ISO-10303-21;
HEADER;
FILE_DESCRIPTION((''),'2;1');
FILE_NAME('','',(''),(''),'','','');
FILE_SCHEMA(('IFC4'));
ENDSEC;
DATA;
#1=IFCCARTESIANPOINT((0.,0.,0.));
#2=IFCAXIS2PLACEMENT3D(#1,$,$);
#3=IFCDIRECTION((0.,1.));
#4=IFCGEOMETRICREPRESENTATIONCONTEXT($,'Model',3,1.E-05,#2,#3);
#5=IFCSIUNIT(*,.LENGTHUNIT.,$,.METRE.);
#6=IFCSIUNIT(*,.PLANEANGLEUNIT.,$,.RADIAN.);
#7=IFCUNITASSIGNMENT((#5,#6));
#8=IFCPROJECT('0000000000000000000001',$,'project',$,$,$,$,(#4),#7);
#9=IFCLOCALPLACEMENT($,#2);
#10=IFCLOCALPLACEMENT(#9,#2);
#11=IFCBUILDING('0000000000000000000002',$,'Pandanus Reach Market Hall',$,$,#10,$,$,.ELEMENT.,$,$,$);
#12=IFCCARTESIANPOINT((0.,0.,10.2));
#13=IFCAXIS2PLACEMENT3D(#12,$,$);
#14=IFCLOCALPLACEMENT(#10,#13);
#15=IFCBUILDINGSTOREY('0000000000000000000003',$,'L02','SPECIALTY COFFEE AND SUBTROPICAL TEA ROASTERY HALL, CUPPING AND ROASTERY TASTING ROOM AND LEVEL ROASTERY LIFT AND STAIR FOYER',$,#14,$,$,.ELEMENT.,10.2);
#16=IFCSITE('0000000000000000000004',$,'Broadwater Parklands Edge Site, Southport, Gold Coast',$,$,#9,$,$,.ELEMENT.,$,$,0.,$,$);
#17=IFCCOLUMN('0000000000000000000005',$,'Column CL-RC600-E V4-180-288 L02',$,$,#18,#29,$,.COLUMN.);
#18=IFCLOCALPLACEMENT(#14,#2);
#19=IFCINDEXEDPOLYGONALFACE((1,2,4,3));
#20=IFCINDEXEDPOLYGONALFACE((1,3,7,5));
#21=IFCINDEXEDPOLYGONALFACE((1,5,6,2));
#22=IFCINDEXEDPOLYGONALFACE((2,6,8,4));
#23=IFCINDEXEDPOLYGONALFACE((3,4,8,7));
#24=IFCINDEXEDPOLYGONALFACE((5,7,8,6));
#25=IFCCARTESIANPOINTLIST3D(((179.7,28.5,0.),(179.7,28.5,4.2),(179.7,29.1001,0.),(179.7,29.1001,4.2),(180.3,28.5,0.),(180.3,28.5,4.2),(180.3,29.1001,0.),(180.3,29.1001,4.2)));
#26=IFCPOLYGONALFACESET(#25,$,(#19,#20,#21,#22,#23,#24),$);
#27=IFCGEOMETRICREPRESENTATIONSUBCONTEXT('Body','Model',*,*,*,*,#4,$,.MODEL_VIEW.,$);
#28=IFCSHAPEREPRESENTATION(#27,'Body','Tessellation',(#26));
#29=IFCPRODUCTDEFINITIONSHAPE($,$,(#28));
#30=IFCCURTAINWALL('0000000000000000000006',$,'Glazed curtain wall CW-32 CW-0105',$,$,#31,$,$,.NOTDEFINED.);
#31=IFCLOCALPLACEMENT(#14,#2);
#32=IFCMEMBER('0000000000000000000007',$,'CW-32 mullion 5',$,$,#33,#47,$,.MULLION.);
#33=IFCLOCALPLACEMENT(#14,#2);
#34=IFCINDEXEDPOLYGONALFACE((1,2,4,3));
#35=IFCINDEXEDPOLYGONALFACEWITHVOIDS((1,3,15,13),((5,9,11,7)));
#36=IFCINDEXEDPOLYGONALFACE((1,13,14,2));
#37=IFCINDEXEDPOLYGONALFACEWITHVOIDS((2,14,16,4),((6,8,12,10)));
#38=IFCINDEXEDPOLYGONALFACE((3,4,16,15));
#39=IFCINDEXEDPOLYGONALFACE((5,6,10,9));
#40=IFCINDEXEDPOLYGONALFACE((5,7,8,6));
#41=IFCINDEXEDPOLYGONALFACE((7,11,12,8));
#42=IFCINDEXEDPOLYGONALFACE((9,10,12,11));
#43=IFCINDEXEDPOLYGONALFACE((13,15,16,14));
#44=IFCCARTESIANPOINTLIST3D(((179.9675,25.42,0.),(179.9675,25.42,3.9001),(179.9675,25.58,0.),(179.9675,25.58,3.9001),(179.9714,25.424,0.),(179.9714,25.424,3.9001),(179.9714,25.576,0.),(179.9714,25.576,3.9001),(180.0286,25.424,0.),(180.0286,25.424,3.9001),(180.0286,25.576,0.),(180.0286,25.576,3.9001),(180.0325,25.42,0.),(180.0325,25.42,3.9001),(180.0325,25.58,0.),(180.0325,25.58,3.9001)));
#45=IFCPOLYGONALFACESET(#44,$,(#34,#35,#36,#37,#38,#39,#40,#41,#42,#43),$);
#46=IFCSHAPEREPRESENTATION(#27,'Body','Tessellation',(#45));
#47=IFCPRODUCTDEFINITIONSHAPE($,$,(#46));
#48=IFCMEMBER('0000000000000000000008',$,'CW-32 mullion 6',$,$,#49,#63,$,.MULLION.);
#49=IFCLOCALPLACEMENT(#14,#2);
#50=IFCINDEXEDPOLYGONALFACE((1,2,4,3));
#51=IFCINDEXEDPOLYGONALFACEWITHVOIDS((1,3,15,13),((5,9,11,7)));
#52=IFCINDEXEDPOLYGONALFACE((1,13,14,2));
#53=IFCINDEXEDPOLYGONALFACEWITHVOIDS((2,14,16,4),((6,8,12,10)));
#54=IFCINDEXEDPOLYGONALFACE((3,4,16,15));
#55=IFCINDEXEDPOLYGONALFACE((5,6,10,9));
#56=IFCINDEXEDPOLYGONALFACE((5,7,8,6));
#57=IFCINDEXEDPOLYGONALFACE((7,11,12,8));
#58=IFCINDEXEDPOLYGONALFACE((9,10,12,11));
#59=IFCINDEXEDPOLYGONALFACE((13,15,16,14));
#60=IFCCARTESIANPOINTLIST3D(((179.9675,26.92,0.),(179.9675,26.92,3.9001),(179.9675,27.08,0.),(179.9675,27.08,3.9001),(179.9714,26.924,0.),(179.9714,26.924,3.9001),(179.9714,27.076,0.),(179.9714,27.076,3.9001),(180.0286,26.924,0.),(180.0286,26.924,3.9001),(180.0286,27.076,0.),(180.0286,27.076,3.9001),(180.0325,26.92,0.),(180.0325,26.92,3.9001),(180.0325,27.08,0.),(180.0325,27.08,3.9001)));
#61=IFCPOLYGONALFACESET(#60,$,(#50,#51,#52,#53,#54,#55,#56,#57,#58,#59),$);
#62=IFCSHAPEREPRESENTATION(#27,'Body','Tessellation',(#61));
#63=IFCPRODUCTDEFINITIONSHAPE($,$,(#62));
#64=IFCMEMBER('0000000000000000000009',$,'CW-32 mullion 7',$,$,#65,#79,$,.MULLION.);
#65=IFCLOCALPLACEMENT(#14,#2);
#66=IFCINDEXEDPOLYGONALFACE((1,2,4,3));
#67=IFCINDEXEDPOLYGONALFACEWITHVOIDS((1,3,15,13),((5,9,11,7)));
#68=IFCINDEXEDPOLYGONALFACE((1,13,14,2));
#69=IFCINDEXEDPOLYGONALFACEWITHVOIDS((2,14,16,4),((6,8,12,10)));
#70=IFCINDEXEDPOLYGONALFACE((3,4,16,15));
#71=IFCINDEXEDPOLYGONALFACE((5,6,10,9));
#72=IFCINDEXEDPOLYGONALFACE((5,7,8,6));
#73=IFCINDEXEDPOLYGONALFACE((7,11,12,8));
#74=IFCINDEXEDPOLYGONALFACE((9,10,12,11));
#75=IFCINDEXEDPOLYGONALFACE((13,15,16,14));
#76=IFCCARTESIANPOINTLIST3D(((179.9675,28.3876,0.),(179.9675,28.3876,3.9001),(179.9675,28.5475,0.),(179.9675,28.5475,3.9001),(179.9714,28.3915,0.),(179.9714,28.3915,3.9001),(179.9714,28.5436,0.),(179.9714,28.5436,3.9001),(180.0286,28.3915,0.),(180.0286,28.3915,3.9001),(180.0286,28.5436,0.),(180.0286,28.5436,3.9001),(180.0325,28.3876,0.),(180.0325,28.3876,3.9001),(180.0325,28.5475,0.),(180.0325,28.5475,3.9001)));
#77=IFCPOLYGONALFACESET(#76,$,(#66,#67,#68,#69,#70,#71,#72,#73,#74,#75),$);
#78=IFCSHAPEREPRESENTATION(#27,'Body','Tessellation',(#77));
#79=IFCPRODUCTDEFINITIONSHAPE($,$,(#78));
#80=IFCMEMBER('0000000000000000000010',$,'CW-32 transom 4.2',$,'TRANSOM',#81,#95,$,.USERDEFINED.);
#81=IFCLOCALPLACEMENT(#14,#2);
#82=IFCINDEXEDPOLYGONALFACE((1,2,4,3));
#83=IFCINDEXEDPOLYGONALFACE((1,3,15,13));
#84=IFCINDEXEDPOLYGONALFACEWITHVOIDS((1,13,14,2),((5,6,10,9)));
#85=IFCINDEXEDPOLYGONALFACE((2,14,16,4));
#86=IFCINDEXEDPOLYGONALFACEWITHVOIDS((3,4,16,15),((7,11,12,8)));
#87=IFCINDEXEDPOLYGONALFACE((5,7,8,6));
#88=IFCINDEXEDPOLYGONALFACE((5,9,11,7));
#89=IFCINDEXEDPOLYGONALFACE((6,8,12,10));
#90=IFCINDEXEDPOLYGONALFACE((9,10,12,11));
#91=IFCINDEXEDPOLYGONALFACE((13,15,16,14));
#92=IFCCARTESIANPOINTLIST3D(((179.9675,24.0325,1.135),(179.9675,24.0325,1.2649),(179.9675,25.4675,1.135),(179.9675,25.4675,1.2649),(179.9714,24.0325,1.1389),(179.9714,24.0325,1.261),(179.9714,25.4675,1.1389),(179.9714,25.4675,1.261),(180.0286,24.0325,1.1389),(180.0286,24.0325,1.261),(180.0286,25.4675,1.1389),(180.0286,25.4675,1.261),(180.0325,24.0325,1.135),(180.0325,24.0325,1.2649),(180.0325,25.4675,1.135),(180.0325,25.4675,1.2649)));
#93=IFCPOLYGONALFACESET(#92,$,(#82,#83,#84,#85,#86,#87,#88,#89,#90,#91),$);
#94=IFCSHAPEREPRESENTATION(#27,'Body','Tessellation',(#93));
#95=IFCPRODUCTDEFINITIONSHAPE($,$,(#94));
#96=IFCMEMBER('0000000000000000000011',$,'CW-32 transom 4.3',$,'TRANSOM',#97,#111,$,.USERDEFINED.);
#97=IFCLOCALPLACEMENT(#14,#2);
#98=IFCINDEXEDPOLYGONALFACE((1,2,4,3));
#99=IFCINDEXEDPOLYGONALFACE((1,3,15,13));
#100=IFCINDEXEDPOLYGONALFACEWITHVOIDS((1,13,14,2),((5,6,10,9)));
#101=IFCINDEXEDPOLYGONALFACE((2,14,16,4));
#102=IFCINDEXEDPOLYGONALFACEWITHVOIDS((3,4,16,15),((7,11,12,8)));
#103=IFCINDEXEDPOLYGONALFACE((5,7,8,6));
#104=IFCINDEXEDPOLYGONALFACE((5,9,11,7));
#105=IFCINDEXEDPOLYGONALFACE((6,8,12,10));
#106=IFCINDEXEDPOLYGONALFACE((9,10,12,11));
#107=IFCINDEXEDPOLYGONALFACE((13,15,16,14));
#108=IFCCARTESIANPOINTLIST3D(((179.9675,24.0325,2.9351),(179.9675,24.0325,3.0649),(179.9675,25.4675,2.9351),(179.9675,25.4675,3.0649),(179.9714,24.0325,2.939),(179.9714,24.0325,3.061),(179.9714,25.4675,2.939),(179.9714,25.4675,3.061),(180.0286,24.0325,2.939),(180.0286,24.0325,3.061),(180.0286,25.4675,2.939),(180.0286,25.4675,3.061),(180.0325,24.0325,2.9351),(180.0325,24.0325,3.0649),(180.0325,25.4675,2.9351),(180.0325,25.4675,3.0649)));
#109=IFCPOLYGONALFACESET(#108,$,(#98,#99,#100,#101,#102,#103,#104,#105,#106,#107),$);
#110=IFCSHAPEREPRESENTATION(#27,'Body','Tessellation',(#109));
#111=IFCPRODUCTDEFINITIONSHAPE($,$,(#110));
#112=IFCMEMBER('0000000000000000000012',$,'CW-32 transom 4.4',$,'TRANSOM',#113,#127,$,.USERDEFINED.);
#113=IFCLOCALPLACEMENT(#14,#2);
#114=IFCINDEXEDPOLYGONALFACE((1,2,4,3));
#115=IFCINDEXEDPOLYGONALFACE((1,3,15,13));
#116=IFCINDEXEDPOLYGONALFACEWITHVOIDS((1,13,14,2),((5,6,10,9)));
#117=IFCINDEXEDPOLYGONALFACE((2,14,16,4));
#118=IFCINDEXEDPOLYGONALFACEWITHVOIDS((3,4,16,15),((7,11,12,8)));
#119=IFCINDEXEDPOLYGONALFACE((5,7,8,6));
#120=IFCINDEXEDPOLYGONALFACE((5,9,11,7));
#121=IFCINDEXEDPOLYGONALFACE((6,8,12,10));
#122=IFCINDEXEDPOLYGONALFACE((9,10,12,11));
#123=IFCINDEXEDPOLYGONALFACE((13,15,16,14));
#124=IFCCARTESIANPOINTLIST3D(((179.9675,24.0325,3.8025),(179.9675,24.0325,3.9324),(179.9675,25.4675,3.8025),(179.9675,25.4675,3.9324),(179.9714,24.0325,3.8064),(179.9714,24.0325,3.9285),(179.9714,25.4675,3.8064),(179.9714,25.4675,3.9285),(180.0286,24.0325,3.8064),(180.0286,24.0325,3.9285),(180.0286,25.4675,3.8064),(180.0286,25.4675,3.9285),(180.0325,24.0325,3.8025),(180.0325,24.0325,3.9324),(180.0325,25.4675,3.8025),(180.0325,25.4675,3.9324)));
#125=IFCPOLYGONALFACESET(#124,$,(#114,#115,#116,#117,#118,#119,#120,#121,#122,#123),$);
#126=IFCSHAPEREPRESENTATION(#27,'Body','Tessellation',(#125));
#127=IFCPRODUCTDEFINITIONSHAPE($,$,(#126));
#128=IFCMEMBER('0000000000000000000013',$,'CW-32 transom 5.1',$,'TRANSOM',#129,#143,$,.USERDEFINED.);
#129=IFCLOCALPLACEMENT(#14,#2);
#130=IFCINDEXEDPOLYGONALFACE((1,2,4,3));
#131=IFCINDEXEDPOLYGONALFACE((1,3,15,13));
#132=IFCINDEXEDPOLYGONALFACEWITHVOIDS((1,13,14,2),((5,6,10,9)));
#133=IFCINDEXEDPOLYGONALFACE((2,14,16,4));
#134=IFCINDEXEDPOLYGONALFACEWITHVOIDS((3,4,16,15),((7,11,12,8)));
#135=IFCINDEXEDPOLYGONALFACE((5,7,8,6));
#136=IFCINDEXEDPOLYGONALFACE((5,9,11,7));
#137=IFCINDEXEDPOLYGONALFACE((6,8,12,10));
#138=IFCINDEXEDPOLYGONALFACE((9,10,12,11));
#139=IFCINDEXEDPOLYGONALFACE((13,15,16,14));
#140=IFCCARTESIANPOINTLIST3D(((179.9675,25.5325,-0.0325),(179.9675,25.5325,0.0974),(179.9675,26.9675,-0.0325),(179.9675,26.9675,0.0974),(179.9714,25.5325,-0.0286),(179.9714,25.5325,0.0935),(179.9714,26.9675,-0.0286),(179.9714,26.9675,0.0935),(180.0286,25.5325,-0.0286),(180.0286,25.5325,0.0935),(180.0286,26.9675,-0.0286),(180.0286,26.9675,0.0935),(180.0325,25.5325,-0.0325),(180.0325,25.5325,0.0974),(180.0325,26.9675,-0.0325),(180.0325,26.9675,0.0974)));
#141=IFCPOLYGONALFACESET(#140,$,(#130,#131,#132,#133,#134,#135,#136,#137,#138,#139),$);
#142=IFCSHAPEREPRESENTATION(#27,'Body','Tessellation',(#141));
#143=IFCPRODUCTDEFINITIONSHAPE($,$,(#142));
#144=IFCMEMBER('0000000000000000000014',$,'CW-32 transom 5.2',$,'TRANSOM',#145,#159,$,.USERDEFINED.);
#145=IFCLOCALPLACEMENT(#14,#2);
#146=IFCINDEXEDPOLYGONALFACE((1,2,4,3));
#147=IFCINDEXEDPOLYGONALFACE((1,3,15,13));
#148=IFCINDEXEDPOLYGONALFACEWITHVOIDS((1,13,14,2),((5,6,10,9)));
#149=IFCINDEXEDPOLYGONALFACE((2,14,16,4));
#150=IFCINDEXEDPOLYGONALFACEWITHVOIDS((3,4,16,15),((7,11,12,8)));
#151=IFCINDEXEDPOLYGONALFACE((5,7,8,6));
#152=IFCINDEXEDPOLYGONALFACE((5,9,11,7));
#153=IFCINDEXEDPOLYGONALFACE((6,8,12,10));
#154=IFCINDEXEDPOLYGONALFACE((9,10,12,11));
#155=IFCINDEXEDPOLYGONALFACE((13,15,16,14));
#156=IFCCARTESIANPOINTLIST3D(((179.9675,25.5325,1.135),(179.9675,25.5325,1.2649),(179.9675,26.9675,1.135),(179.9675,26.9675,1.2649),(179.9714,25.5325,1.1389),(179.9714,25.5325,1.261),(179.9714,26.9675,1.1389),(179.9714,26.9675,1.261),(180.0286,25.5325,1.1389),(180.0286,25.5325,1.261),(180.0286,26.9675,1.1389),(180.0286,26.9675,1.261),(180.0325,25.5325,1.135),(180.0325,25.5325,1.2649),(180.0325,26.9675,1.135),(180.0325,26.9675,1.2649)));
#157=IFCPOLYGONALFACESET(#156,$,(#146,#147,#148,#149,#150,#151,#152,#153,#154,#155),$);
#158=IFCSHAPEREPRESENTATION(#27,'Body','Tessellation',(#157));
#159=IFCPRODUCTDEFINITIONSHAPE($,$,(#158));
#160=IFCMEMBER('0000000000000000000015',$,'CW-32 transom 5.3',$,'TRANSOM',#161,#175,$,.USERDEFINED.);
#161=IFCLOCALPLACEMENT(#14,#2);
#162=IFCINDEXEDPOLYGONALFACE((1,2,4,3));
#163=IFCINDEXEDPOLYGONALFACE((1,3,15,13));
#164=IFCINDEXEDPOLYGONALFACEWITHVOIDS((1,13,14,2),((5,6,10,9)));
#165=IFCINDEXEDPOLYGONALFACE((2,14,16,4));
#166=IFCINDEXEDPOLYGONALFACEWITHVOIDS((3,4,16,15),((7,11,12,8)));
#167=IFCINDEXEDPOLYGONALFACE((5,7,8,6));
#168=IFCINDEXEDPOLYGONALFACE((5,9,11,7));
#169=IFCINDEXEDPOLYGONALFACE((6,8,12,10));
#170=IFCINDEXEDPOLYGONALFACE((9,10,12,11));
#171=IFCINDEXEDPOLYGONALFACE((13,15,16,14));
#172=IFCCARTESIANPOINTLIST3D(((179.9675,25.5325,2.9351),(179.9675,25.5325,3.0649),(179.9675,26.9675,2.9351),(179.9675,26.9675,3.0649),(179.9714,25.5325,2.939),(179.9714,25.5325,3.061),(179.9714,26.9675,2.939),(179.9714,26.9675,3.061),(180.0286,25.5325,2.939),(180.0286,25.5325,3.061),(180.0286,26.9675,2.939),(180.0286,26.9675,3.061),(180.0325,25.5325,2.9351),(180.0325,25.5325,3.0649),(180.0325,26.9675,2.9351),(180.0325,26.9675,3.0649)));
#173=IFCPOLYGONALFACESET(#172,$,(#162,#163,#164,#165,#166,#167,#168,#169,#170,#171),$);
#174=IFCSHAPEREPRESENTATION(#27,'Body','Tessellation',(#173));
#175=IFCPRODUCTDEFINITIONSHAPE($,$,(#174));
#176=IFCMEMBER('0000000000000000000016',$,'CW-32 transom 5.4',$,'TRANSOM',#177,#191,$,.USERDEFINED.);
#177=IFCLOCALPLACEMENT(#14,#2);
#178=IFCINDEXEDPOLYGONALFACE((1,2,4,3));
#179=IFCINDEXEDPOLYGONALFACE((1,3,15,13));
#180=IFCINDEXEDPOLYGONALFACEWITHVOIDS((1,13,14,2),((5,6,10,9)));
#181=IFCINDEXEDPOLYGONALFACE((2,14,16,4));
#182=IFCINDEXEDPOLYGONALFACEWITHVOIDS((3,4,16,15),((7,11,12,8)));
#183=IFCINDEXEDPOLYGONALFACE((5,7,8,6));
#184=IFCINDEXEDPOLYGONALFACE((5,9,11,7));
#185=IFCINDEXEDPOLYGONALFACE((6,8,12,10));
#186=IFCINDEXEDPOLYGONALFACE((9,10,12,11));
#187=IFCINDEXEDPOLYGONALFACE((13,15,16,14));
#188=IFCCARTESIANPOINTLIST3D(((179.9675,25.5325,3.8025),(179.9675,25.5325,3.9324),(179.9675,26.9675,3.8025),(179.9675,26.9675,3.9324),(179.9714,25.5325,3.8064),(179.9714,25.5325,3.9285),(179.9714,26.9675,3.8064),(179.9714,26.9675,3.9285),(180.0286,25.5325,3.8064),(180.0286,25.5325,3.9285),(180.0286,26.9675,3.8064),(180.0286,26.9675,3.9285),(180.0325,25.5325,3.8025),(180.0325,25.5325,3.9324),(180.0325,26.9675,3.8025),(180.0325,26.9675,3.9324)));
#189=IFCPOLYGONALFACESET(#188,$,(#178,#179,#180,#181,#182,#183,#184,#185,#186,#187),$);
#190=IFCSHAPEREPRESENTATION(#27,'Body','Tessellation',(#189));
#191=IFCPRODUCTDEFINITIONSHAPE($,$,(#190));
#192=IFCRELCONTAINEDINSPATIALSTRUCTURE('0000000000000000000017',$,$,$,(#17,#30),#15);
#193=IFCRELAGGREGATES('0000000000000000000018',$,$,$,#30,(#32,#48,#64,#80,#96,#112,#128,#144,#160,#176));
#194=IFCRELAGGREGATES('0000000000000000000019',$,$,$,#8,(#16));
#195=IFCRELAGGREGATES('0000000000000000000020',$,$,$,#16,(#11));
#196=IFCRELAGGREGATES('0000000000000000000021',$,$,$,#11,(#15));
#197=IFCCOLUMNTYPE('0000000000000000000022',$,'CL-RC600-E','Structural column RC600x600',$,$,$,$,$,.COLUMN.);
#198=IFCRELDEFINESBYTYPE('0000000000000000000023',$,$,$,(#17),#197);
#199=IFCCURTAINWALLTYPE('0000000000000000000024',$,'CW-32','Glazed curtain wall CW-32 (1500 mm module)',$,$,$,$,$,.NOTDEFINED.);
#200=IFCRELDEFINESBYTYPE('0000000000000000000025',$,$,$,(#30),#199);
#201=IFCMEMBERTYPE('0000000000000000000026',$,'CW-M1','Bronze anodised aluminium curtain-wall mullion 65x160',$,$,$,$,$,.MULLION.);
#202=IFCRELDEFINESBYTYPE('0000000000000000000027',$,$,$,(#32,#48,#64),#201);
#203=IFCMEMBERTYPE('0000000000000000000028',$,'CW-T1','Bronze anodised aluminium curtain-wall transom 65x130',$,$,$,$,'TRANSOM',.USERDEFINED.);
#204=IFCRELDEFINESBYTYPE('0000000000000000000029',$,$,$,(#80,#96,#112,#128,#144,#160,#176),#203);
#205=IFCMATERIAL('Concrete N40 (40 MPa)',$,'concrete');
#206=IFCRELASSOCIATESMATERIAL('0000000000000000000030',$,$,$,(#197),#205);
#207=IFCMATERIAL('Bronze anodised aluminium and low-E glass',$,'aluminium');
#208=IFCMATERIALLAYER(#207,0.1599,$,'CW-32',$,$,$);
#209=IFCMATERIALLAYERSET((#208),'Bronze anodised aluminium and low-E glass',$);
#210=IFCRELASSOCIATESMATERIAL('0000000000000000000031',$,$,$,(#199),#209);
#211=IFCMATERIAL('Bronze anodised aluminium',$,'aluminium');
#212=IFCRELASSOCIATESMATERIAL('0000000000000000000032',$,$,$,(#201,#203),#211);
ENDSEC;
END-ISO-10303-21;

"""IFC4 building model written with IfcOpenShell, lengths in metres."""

from ifc_helpers import new_model, si_unit, direction, frame, origin, origin_2d, place, context, subcontext, project, spatial, rectangle, hollow_rectangle, extrude, material, layer, layer_set, material_profile, profile_set, type_object, element, aggregate, save


model = new_model("IFC4")

# Units and contexts
model_context = context("Model", 3, precision=1e-05, world=origin(), true_north=direction((0.0, 1.0)))
body_context = subcontext(model_context, "Body", "Model", "MODEL_VIEW")
ifc_project = project(units=[si_unit("LENGTHUNIT", "METRE"), si_unit("PLANEANGLEUNIT", "RADIAN")], contexts=[model_context])

# Site, building, storey
site_placement = place(None, origin())
site = spatial("IfcSite", under=ifc_project, at=site_placement, Name="Broadwater Parklands Edge Site, Southport, Gold Coast", CompositionType="ELEMENT", RefElevation=0.0)
building_placement = place(site_placement, origin())
building = spatial("IfcBuilding", under=site, at=building_placement, Name="Pandanus Reach Market Hall", CompositionType="ELEMENT")
storey_placement = place(building_placement, frame((0.0, 0.0, 10.2)))
storey = spatial("IfcBuildingStorey", under=building, at=storey_placement, Name="L02", Description="SPECIALTY COFFEE AND SUBTROPICAL TEA ROASTERY HALL, CUPPING AND ROASTERY TASTING ROOM AND LEVEL ROASTERY LIFT AND STAIR FOYER", CompositionType="ELEMENT", Elevation=10.2)

# Column
ifc_material_1 = material(Name="Concrete N40 (40 MPa)", Category="concrete")
ifc_material_profile_1 = material_profile(ifc_material_1, rectangle(XDim=0.6001, YDim=0.6001, at=origin_2d()), Name="RC600x600", Category="LoadBearing")
ifc_profile_set_1 = profile_set([ifc_material_profile_1], Name="Concrete N40 (40 MPa)")
column_type = type_object("IfcColumnType", Name="CL-RC600-E", Description="Structural column RC600x600", PredefinedType="COLUMN", material=ifc_profile_set_1)
column_placement = place(storey_placement, frame((180.0, 28.8, 0.0), z_axis=(0.0, 0.0, 1.0), x_axis=(1.0, 0.0, 0.0)))
element("IfcColumn", 1, at=column_placement, inside=storey, type_object=column_type, Name="Column CL-RC600-E V4-180-288 L02", PredefinedType="COLUMN", context=body_context, shape_type="SweptSolid", body=[
    extrude(rectangle(XDim=0.6001, YDim=0.6001, at=origin_2d()), origin(), (0.0, 0.0, 1.0), 4.2),
])

# Curtain wall, members
ifc_material_2 = material(Name="Bronze anodised aluminium and low-E glass", Category="aluminium")
ifc_layer_1 = layer(ifc_material_2, 0.1599, Name="CW-32")
ifc_layer_set_1 = layer_set([ifc_layer_1], Name="Bronze anodised aluminium and low-E glass")
curtain_wall_type = type_object("IfcCurtainWallType", Name="CW-32", Description="Glazed curtain wall CW-32 (1500 mm module)", PredefinedType="NOTDEFINED", material=ifc_layer_set_1)
curtain_wall_placement = place(storey_placement, origin())
curtain_wall = element("IfcCurtainWall", 2, at=curtain_wall_placement, inside=storey, type_object=curtain_wall_type, Name="Glazed curtain wall CW-32 CW-0105", PredefinedType="NOTDEFINED")
ifc_material_3 = material(Name="Bronze anodised aluminium", Category="aluminium")
ifc_material_profile_2 = material_profile(ifc_material_3, hollow_rectangle(XDim=0.0649, YDim=0.1599, WallThickness=0.0039, at=origin_2d()), Name="ALU65x160", Category="LoadBearing")
ifc_profile_set_2 = profile_set([ifc_material_profile_2], Name="Bronze anodised aluminium")
member_type_1 = type_object("IfcMemberType", Name="CW-M1", Description="Bronze anodised aluminium curtain-wall mullion 65x160", PredefinedType="MULLION", material=ifc_profile_set_2)
member_1_placement = place(storey_placement, frame((180.0, 25.5, 0.0), z_axis=(0.0, 0.0, 1.0), x_axis=(-1.0, 0.0, 0.0)))
member_1 = element("IfcMember", 3, at=member_1_placement, type_object=member_type_1, Name="CW-32 mullion 5", PredefinedType="MULLION", context=body_context, shape_type="SweptSolid", body=[
    extrude(hollow_rectangle(XDim=0.0649, YDim=0.1599, WallThickness=0.0039, at=origin_2d()), origin(), (0.0, 0.0, 1.0), 3.9001),
])
member_2_placement = place(storey_placement, frame((180.0, 27.0, 0.0), z_axis=(0.0, 0.0, 1.0), x_axis=(-1.0, 0.0, 0.0)))
member_2 = element("IfcMember", 4, at=member_2_placement, type_object=member_type_1, Name="CW-32 mullion 6", PredefinedType="MULLION", context=body_context, shape_type="SweptSolid", body=[
    extrude(hollow_rectangle(XDim=0.0649, YDim=0.1599, WallThickness=0.0039, at=origin_2d()), origin(), (0.0, 0.0, 1.0), 3.9001),
])
member_3_placement = place(storey_placement, frame((180.0, 28.4675, 0.0), z_axis=(0.0, 0.0, 1.0), x_axis=(-1.0, 0.0, 0.0)))
member_3 = element("IfcMember", 5, at=member_3_placement, type_object=member_type_1, Name="CW-32 mullion 7", PredefinedType="MULLION", context=body_context, shape_type="SweptSolid", body=[
    extrude(hollow_rectangle(XDim=0.0649, YDim=0.1599, WallThickness=0.0039, at=origin_2d()), origin(), (0.0, 0.0, 1.0), 3.9001),
])
ifc_material_profile_3 = material_profile(ifc_material_3, hollow_rectangle(XDim=0.0649, YDim=0.1299, WallThickness=0.0039, at=origin_2d()), Name="ALU65x130", Category="LoadBearing")
ifc_profile_set_3 = profile_set([ifc_material_profile_3], Name="Bronze anodised aluminium")
member_type_2 = type_object("IfcMemberType", Name="CW-T1", Description="Bronze anodised aluminium curtain-wall transom 65x130", ElementType="TRANSOM", PredefinedType="USERDEFINED", material=ifc_profile_set_3)
member_4_placement = place(storey_placement, frame((180.0, 24.0325, 1.2), z_axis=(0.0, 1.0, 0.0), x_axis=(-1.0, 0.0, 0.0)))
member_4 = element("IfcMember", 6, at=member_4_placement, type_object=member_type_2, Name="CW-32 transom 4.2", ObjectType="TRANSOM", PredefinedType="USERDEFINED", context=body_context, shape_type="SweptSolid", body=[
    extrude(hollow_rectangle(XDim=0.0649, YDim=0.1299, WallThickness=0.0039, at=origin_2d()), origin(), (0.0, 0.0, 1.0), 1.4351),
])
member_5_placement = place(storey_placement, frame((180.0, 24.0325, 3.0), z_axis=(0.0, 1.0, 0.0), x_axis=(-1.0, 0.0, 0.0)))
member_5 = element("IfcMember", 7, at=member_5_placement, type_object=member_type_2, Name="CW-32 transom 4.3", ObjectType="TRANSOM", PredefinedType="USERDEFINED", context=body_context, shape_type="SweptSolid", body=[
    extrude(hollow_rectangle(XDim=0.0649, YDim=0.1299, WallThickness=0.0039, at=origin_2d()), origin(), (0.0, 0.0, 1.0), 1.4351),
])
member_6_placement = place(storey_placement, frame((180.0, 24.0325, 3.8674), z_axis=(0.0, 1.0, 0.0), x_axis=(-1.0, 0.0, 0.0)))
member_6 = element("IfcMember", 8, at=member_6_placement, type_object=member_type_2, Name="CW-32 transom 4.4", ObjectType="TRANSOM", PredefinedType="USERDEFINED", context=body_context, shape_type="SweptSolid", body=[
    extrude(hollow_rectangle(XDim=0.0649, YDim=0.1299, WallThickness=0.0039, at=origin_2d()), origin(), (0.0, 0.0, 1.0), 1.4351),
])
member_7_placement = place(storey_placement, frame((180.0, 25.5325, 0.0325), z_axis=(0.0, 1.0, 0.0), x_axis=(-1.0, 0.0, 0.0)))
member_7 = element("IfcMember", 9, at=member_7_placement, type_object=member_type_2, Name="CW-32 transom 5.1", ObjectType="TRANSOM", PredefinedType="USERDEFINED", context=body_context, shape_type="SweptSolid", body=[
    extrude(hollow_rectangle(XDim=0.0649, YDim=0.1299, WallThickness=0.0039, at=origin_2d()), origin(), (0.0, 0.0, 1.0), 1.4351),
])
member_8_placement = place(storey_placement, frame((180.0, 25.5325, 1.2), z_axis=(0.0, 1.0, 0.0), x_axis=(-1.0, 0.0, 0.0)))
member_8 = element("IfcMember", 10, at=member_8_placement, type_object=member_type_2, Name="CW-32 transom 5.2", ObjectType="TRANSOM", PredefinedType="USERDEFINED", context=body_context, shape_type="SweptSolid", body=[
    extrude(hollow_rectangle(XDim=0.0649, YDim=0.1299, WallThickness=0.0039, at=origin_2d()), origin(), (0.0, 0.0, 1.0), 1.4351),
])
member_9_placement = place(storey_placement, frame((180.0, 25.5325, 3.0), z_axis=(0.0, 1.0, 0.0), x_axis=(-1.0, 0.0, 0.0)))
member_9 = element("IfcMember", 11, at=member_9_placement, type_object=member_type_2, Name="CW-32 transom 5.3", ObjectType="TRANSOM", PredefinedType="USERDEFINED", context=body_context, shape_type="SweptSolid", body=[
    extrude(hollow_rectangle(XDim=0.0649, YDim=0.1299, WallThickness=0.0039, at=origin_2d()), origin(), (0.0, 0.0, 1.0), 1.4351),
])
member_10_placement = place(storey_placement, frame((180.0, 25.5325, 3.8674), z_axis=(0.0, 1.0, 0.0), x_axis=(-1.0, 0.0, 0.0)))
member_10 = element("IfcMember", 12, at=member_10_placement, type_object=member_type_2, Name="CW-32 transom 5.4", ObjectType="TRANSOM", PredefinedType="USERDEFINED", context=body_context, shape_type="SweptSolid", body=[
    extrude(hollow_rectangle(XDim=0.0649, YDim=0.1299, WallThickness=0.0039, at=origin_2d()), origin(), (0.0, 0.0, 1.0), 1.4351),
])

aggregate(curtain_wall, [member_1, member_2, member_3, member_4, member_5, member_6, member_7, member_8, member_9, member_10])

save(model, "model.ifc")
